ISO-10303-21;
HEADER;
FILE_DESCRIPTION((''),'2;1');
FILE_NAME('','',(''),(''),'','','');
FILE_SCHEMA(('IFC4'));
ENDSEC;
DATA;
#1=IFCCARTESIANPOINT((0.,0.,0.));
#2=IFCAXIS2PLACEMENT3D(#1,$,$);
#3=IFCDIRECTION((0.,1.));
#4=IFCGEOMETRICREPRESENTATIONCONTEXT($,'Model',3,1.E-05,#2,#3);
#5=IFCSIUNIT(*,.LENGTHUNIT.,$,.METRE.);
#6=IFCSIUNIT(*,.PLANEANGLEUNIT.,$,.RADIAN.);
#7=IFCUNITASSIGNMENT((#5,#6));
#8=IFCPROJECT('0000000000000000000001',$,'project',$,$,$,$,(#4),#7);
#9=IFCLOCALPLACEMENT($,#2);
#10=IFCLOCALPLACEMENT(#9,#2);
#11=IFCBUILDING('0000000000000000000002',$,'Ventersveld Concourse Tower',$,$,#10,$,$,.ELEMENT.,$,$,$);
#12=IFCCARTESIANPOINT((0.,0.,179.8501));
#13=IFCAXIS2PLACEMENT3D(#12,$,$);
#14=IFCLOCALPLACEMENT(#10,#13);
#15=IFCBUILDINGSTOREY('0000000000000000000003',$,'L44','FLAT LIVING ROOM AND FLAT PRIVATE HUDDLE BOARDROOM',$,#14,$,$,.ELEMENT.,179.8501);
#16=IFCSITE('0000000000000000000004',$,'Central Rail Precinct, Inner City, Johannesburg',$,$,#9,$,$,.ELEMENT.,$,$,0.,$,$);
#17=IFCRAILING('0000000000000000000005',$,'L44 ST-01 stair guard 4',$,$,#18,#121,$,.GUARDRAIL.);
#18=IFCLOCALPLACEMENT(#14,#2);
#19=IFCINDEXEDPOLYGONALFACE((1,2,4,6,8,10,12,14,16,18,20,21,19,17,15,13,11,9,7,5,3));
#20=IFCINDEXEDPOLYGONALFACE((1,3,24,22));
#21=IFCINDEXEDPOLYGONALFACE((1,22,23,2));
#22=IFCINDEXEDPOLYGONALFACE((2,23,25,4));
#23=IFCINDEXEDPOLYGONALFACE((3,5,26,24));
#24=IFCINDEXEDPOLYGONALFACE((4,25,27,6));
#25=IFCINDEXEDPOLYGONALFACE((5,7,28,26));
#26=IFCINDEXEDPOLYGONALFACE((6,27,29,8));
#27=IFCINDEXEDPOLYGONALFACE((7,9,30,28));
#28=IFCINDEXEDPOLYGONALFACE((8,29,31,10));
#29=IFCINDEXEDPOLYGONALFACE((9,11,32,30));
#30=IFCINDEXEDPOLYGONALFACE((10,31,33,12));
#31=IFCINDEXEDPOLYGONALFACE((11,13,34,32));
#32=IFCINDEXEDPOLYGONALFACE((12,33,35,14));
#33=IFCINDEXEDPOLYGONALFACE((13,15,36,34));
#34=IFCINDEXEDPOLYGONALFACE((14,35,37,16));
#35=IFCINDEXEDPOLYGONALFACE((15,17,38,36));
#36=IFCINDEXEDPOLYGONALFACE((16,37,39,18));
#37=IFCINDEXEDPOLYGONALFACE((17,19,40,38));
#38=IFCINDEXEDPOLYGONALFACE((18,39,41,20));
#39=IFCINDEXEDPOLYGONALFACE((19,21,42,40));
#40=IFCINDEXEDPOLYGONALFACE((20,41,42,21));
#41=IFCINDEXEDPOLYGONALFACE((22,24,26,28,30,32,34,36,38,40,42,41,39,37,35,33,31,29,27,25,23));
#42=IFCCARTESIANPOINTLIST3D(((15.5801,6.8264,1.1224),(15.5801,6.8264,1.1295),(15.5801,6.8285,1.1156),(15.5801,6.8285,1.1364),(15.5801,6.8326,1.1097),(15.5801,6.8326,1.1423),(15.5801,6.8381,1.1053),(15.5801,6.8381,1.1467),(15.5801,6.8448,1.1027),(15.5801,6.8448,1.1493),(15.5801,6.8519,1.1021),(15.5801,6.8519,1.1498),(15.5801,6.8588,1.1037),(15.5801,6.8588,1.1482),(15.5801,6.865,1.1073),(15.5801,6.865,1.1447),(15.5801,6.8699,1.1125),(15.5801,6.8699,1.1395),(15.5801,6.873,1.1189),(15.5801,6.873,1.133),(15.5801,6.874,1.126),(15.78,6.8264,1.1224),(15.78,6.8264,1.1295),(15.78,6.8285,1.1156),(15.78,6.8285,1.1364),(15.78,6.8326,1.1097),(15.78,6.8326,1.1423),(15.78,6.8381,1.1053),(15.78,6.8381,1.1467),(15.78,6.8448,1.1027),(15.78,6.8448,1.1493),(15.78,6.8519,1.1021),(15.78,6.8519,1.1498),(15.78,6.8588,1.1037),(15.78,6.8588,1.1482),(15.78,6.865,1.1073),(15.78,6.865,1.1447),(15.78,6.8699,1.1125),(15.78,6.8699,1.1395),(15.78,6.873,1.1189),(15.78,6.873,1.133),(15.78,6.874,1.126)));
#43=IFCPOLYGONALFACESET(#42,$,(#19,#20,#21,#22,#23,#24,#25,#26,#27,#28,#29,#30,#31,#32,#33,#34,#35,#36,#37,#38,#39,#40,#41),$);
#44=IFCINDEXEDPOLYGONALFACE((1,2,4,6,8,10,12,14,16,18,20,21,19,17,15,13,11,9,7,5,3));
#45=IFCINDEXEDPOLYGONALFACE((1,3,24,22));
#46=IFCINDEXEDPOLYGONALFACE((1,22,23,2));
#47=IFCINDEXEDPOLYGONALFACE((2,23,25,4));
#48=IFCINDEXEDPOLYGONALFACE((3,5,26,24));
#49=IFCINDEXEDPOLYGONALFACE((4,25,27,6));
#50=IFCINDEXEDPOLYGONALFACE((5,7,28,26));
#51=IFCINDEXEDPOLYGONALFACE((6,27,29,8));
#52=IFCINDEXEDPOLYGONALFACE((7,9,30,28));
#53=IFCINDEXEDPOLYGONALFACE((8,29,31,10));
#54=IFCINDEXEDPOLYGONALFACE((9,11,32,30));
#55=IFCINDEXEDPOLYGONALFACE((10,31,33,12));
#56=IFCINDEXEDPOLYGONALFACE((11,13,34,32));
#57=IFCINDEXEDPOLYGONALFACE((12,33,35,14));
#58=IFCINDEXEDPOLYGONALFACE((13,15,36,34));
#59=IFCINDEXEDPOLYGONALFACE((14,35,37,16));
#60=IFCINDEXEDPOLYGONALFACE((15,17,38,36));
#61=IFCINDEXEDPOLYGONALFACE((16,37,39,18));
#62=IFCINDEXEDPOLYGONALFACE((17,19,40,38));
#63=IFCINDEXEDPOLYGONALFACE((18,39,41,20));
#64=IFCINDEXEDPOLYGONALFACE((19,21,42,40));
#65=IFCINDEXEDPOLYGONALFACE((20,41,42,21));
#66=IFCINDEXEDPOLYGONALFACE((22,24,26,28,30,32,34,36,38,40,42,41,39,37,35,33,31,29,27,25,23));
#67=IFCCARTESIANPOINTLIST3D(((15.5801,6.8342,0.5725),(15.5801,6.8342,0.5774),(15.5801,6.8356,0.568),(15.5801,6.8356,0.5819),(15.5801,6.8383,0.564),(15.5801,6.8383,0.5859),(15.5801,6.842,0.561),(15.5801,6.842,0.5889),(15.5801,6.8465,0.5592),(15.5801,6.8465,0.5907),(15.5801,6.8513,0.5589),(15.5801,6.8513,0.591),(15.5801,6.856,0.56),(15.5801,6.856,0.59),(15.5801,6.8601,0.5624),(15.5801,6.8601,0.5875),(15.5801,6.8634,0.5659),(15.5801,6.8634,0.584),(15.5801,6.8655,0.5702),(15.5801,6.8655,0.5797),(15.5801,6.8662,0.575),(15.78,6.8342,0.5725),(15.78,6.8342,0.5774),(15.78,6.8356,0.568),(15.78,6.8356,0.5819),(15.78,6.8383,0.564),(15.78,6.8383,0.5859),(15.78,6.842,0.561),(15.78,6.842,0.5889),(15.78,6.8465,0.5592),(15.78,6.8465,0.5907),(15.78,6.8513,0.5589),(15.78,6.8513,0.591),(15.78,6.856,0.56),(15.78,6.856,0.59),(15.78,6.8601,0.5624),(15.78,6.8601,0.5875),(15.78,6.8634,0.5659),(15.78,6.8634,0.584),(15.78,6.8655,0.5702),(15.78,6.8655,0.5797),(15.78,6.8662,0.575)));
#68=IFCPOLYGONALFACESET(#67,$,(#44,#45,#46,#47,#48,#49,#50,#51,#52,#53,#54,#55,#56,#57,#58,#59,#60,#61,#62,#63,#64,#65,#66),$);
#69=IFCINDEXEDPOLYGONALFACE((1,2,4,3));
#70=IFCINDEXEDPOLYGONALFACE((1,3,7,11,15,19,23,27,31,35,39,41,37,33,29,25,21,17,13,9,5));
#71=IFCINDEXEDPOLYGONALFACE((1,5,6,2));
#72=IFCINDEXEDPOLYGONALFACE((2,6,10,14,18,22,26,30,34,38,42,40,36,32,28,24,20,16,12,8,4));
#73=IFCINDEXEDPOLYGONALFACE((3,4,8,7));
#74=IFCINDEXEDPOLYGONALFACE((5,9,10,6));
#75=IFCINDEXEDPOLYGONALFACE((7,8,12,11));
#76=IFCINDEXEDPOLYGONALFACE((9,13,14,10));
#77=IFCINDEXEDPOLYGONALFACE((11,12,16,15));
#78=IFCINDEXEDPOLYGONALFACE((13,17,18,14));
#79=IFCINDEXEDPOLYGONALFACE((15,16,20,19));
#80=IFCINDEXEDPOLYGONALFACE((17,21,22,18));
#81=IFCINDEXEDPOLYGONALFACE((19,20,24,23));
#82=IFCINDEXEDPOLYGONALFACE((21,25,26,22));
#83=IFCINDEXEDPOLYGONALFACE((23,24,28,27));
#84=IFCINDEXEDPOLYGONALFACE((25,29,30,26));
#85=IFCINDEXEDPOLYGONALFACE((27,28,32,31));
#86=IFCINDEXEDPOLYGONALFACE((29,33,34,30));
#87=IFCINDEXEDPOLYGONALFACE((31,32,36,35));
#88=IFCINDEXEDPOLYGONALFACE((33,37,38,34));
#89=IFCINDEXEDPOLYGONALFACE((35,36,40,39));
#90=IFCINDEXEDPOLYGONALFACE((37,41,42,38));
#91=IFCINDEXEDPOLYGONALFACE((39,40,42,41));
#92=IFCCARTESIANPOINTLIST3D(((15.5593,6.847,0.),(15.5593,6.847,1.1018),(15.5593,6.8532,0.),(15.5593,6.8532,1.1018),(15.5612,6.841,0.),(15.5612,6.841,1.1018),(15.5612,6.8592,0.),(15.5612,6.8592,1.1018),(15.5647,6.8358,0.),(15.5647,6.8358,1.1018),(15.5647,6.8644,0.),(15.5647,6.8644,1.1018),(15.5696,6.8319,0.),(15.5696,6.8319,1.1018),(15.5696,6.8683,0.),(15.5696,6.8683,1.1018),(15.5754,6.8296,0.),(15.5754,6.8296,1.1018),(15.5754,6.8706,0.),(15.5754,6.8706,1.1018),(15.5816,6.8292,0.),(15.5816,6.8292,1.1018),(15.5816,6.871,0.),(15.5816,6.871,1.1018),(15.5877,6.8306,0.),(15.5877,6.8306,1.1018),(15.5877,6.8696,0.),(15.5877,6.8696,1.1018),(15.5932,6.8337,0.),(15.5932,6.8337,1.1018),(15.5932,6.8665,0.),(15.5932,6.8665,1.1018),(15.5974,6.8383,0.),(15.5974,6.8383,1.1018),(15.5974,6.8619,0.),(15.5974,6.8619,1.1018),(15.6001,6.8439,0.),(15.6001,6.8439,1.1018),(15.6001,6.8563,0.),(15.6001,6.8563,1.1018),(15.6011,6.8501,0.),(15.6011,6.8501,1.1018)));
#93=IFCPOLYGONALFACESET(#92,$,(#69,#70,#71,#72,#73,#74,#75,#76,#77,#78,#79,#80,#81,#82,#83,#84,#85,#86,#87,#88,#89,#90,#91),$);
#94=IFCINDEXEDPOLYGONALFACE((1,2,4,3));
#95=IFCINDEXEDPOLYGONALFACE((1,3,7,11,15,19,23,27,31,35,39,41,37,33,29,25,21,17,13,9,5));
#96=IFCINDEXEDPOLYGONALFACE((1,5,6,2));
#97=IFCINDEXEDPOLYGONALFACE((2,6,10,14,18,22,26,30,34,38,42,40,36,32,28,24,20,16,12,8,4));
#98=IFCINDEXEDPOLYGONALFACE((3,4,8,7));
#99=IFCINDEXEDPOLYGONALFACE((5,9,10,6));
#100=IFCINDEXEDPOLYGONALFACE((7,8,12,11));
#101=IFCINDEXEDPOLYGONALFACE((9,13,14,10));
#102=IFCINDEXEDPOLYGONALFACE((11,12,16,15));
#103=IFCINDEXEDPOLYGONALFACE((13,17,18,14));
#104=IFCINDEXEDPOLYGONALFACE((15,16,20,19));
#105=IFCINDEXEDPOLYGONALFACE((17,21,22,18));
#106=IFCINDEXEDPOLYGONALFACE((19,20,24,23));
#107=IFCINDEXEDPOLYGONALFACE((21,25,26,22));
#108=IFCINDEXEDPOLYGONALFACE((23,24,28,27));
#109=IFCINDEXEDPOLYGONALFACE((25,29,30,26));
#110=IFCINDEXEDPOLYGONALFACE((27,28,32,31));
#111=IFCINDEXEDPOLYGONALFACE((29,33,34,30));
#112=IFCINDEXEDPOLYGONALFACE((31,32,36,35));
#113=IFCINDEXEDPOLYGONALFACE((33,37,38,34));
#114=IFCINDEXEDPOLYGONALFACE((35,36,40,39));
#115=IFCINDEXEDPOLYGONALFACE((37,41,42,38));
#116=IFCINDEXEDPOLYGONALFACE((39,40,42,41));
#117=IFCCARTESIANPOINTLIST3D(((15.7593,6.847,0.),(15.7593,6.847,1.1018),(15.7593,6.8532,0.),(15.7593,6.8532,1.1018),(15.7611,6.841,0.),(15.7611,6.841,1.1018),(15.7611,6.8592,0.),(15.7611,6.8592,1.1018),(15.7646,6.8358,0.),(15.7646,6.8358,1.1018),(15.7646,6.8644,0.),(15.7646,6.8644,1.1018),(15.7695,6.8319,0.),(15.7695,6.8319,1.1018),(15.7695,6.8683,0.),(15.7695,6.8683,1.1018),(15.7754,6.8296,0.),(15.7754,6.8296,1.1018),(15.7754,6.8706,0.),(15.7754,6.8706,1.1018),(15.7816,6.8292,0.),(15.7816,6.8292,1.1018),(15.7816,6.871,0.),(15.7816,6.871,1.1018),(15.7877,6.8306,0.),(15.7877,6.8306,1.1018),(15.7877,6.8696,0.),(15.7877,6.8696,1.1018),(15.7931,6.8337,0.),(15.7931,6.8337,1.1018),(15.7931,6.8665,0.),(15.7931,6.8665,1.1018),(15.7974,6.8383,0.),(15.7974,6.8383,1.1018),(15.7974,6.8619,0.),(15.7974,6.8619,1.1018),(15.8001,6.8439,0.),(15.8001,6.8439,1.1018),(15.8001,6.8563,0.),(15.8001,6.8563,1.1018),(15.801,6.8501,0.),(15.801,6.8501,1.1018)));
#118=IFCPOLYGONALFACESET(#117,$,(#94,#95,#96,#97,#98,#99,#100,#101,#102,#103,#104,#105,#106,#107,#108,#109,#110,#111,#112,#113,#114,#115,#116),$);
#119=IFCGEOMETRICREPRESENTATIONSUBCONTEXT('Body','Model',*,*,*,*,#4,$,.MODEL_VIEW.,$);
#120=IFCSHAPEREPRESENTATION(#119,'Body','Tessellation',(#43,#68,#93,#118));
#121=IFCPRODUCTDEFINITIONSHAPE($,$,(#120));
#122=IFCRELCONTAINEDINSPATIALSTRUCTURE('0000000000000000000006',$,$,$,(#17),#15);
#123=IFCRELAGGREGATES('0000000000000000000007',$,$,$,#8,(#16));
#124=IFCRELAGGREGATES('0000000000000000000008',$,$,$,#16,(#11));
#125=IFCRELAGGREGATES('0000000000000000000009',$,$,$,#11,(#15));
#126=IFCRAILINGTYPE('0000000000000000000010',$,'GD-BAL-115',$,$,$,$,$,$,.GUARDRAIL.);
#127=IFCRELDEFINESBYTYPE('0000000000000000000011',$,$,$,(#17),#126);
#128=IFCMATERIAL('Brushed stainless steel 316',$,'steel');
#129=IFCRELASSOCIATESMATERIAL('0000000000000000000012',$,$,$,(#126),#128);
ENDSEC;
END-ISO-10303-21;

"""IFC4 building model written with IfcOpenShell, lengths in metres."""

from ifc_helpers import new_model, si_unit, direction, frame, origin, origin_2d, place, context, subcontext, project, spatial, circle, extrude, material, type_object, element, save


model = new_model("IFC4")

# Units and contexts
model_context = context("Model", 3, precision=1e-05, world=origin(), true_north=direction((0.0, 1.0)))
body_context = subcontext(model_context, "Body", "Model", "MODEL_VIEW")
ifc_project = project(units=[si_unit("LENGTHUNIT", "METRE"), si_unit("PLANEANGLEUNIT", "RADIAN")], contexts=[model_context])

# Site, building, storey
site_placement = place(None, origin())
site = spatial("IfcSite", under=ifc_project, at=site_placement, Name="Central Rail Precinct, Inner City, Johannesburg", CompositionType="ELEMENT", RefElevation=0.0)
building_placement = place(site_placement, origin())
building = spatial("IfcBuilding", under=site, at=building_placement, Name="Ventersveld Concourse Tower", CompositionType="ELEMENT")
storey_placement = place(building_placement, frame((0.0, 0.0, 179.8501)))
storey = spatial("IfcBuildingStorey", under=building, at=storey_placement, Name="L44", Description="FLAT LIVING ROOM AND FLAT PRIVATE HUDDLE BOARDROOM", CompositionType="ELEMENT", Elevation=179.8501)

# Shared definitions
ifc_material_1 = material(Name="Brushed stainless steel 316", Category="steel")

# Railing
railing_type = type_object("IfcRailingType", Name="GD-BAL-115", PredefinedType="GUARDRAIL", material=ifc_material_1)
railing_1_placement = place(storey_placement, frame((15.5801, 6.8501, 0.0)))
element("IfcRailing", 1, at=railing_1_placement, inside=storey, type_object=railing_type, Name="L44 ST-01 stair guard 4", PredefinedType="GUARDRAIL", context=body_context, shape_type="SweptSolid", body=[
    extrude(circle(Radius=0.0239, at=origin_2d()), frame((0.0, 0.0, 1.126), z_axis=(1.0, 0.0, 0.0), x_axis=(0.0, 1.0, 0.0)), (0.0, 0.0, 1.0), 0.2),
    extrude(circle(Radius=0.0161, at=origin_2d()), frame((0.0, 0.0, 0.575), z_axis=(1.0, 0.0, 0.0), x_axis=(0.0, 1.0, 0.0)), (0.0, 0.0, 1.0), 0.2),
    extrude(circle(Radius=0.021, at=origin_2d()), origin(), (0.0, 0.0, 1.0), 1.1018),
    extrude(circle(Radius=0.021, at=origin_2d()), frame((0.2, 0.0, 0.0)), (0.0, 0.0, 1.0), 1.1018),
])

save(model, "model.ifc")
